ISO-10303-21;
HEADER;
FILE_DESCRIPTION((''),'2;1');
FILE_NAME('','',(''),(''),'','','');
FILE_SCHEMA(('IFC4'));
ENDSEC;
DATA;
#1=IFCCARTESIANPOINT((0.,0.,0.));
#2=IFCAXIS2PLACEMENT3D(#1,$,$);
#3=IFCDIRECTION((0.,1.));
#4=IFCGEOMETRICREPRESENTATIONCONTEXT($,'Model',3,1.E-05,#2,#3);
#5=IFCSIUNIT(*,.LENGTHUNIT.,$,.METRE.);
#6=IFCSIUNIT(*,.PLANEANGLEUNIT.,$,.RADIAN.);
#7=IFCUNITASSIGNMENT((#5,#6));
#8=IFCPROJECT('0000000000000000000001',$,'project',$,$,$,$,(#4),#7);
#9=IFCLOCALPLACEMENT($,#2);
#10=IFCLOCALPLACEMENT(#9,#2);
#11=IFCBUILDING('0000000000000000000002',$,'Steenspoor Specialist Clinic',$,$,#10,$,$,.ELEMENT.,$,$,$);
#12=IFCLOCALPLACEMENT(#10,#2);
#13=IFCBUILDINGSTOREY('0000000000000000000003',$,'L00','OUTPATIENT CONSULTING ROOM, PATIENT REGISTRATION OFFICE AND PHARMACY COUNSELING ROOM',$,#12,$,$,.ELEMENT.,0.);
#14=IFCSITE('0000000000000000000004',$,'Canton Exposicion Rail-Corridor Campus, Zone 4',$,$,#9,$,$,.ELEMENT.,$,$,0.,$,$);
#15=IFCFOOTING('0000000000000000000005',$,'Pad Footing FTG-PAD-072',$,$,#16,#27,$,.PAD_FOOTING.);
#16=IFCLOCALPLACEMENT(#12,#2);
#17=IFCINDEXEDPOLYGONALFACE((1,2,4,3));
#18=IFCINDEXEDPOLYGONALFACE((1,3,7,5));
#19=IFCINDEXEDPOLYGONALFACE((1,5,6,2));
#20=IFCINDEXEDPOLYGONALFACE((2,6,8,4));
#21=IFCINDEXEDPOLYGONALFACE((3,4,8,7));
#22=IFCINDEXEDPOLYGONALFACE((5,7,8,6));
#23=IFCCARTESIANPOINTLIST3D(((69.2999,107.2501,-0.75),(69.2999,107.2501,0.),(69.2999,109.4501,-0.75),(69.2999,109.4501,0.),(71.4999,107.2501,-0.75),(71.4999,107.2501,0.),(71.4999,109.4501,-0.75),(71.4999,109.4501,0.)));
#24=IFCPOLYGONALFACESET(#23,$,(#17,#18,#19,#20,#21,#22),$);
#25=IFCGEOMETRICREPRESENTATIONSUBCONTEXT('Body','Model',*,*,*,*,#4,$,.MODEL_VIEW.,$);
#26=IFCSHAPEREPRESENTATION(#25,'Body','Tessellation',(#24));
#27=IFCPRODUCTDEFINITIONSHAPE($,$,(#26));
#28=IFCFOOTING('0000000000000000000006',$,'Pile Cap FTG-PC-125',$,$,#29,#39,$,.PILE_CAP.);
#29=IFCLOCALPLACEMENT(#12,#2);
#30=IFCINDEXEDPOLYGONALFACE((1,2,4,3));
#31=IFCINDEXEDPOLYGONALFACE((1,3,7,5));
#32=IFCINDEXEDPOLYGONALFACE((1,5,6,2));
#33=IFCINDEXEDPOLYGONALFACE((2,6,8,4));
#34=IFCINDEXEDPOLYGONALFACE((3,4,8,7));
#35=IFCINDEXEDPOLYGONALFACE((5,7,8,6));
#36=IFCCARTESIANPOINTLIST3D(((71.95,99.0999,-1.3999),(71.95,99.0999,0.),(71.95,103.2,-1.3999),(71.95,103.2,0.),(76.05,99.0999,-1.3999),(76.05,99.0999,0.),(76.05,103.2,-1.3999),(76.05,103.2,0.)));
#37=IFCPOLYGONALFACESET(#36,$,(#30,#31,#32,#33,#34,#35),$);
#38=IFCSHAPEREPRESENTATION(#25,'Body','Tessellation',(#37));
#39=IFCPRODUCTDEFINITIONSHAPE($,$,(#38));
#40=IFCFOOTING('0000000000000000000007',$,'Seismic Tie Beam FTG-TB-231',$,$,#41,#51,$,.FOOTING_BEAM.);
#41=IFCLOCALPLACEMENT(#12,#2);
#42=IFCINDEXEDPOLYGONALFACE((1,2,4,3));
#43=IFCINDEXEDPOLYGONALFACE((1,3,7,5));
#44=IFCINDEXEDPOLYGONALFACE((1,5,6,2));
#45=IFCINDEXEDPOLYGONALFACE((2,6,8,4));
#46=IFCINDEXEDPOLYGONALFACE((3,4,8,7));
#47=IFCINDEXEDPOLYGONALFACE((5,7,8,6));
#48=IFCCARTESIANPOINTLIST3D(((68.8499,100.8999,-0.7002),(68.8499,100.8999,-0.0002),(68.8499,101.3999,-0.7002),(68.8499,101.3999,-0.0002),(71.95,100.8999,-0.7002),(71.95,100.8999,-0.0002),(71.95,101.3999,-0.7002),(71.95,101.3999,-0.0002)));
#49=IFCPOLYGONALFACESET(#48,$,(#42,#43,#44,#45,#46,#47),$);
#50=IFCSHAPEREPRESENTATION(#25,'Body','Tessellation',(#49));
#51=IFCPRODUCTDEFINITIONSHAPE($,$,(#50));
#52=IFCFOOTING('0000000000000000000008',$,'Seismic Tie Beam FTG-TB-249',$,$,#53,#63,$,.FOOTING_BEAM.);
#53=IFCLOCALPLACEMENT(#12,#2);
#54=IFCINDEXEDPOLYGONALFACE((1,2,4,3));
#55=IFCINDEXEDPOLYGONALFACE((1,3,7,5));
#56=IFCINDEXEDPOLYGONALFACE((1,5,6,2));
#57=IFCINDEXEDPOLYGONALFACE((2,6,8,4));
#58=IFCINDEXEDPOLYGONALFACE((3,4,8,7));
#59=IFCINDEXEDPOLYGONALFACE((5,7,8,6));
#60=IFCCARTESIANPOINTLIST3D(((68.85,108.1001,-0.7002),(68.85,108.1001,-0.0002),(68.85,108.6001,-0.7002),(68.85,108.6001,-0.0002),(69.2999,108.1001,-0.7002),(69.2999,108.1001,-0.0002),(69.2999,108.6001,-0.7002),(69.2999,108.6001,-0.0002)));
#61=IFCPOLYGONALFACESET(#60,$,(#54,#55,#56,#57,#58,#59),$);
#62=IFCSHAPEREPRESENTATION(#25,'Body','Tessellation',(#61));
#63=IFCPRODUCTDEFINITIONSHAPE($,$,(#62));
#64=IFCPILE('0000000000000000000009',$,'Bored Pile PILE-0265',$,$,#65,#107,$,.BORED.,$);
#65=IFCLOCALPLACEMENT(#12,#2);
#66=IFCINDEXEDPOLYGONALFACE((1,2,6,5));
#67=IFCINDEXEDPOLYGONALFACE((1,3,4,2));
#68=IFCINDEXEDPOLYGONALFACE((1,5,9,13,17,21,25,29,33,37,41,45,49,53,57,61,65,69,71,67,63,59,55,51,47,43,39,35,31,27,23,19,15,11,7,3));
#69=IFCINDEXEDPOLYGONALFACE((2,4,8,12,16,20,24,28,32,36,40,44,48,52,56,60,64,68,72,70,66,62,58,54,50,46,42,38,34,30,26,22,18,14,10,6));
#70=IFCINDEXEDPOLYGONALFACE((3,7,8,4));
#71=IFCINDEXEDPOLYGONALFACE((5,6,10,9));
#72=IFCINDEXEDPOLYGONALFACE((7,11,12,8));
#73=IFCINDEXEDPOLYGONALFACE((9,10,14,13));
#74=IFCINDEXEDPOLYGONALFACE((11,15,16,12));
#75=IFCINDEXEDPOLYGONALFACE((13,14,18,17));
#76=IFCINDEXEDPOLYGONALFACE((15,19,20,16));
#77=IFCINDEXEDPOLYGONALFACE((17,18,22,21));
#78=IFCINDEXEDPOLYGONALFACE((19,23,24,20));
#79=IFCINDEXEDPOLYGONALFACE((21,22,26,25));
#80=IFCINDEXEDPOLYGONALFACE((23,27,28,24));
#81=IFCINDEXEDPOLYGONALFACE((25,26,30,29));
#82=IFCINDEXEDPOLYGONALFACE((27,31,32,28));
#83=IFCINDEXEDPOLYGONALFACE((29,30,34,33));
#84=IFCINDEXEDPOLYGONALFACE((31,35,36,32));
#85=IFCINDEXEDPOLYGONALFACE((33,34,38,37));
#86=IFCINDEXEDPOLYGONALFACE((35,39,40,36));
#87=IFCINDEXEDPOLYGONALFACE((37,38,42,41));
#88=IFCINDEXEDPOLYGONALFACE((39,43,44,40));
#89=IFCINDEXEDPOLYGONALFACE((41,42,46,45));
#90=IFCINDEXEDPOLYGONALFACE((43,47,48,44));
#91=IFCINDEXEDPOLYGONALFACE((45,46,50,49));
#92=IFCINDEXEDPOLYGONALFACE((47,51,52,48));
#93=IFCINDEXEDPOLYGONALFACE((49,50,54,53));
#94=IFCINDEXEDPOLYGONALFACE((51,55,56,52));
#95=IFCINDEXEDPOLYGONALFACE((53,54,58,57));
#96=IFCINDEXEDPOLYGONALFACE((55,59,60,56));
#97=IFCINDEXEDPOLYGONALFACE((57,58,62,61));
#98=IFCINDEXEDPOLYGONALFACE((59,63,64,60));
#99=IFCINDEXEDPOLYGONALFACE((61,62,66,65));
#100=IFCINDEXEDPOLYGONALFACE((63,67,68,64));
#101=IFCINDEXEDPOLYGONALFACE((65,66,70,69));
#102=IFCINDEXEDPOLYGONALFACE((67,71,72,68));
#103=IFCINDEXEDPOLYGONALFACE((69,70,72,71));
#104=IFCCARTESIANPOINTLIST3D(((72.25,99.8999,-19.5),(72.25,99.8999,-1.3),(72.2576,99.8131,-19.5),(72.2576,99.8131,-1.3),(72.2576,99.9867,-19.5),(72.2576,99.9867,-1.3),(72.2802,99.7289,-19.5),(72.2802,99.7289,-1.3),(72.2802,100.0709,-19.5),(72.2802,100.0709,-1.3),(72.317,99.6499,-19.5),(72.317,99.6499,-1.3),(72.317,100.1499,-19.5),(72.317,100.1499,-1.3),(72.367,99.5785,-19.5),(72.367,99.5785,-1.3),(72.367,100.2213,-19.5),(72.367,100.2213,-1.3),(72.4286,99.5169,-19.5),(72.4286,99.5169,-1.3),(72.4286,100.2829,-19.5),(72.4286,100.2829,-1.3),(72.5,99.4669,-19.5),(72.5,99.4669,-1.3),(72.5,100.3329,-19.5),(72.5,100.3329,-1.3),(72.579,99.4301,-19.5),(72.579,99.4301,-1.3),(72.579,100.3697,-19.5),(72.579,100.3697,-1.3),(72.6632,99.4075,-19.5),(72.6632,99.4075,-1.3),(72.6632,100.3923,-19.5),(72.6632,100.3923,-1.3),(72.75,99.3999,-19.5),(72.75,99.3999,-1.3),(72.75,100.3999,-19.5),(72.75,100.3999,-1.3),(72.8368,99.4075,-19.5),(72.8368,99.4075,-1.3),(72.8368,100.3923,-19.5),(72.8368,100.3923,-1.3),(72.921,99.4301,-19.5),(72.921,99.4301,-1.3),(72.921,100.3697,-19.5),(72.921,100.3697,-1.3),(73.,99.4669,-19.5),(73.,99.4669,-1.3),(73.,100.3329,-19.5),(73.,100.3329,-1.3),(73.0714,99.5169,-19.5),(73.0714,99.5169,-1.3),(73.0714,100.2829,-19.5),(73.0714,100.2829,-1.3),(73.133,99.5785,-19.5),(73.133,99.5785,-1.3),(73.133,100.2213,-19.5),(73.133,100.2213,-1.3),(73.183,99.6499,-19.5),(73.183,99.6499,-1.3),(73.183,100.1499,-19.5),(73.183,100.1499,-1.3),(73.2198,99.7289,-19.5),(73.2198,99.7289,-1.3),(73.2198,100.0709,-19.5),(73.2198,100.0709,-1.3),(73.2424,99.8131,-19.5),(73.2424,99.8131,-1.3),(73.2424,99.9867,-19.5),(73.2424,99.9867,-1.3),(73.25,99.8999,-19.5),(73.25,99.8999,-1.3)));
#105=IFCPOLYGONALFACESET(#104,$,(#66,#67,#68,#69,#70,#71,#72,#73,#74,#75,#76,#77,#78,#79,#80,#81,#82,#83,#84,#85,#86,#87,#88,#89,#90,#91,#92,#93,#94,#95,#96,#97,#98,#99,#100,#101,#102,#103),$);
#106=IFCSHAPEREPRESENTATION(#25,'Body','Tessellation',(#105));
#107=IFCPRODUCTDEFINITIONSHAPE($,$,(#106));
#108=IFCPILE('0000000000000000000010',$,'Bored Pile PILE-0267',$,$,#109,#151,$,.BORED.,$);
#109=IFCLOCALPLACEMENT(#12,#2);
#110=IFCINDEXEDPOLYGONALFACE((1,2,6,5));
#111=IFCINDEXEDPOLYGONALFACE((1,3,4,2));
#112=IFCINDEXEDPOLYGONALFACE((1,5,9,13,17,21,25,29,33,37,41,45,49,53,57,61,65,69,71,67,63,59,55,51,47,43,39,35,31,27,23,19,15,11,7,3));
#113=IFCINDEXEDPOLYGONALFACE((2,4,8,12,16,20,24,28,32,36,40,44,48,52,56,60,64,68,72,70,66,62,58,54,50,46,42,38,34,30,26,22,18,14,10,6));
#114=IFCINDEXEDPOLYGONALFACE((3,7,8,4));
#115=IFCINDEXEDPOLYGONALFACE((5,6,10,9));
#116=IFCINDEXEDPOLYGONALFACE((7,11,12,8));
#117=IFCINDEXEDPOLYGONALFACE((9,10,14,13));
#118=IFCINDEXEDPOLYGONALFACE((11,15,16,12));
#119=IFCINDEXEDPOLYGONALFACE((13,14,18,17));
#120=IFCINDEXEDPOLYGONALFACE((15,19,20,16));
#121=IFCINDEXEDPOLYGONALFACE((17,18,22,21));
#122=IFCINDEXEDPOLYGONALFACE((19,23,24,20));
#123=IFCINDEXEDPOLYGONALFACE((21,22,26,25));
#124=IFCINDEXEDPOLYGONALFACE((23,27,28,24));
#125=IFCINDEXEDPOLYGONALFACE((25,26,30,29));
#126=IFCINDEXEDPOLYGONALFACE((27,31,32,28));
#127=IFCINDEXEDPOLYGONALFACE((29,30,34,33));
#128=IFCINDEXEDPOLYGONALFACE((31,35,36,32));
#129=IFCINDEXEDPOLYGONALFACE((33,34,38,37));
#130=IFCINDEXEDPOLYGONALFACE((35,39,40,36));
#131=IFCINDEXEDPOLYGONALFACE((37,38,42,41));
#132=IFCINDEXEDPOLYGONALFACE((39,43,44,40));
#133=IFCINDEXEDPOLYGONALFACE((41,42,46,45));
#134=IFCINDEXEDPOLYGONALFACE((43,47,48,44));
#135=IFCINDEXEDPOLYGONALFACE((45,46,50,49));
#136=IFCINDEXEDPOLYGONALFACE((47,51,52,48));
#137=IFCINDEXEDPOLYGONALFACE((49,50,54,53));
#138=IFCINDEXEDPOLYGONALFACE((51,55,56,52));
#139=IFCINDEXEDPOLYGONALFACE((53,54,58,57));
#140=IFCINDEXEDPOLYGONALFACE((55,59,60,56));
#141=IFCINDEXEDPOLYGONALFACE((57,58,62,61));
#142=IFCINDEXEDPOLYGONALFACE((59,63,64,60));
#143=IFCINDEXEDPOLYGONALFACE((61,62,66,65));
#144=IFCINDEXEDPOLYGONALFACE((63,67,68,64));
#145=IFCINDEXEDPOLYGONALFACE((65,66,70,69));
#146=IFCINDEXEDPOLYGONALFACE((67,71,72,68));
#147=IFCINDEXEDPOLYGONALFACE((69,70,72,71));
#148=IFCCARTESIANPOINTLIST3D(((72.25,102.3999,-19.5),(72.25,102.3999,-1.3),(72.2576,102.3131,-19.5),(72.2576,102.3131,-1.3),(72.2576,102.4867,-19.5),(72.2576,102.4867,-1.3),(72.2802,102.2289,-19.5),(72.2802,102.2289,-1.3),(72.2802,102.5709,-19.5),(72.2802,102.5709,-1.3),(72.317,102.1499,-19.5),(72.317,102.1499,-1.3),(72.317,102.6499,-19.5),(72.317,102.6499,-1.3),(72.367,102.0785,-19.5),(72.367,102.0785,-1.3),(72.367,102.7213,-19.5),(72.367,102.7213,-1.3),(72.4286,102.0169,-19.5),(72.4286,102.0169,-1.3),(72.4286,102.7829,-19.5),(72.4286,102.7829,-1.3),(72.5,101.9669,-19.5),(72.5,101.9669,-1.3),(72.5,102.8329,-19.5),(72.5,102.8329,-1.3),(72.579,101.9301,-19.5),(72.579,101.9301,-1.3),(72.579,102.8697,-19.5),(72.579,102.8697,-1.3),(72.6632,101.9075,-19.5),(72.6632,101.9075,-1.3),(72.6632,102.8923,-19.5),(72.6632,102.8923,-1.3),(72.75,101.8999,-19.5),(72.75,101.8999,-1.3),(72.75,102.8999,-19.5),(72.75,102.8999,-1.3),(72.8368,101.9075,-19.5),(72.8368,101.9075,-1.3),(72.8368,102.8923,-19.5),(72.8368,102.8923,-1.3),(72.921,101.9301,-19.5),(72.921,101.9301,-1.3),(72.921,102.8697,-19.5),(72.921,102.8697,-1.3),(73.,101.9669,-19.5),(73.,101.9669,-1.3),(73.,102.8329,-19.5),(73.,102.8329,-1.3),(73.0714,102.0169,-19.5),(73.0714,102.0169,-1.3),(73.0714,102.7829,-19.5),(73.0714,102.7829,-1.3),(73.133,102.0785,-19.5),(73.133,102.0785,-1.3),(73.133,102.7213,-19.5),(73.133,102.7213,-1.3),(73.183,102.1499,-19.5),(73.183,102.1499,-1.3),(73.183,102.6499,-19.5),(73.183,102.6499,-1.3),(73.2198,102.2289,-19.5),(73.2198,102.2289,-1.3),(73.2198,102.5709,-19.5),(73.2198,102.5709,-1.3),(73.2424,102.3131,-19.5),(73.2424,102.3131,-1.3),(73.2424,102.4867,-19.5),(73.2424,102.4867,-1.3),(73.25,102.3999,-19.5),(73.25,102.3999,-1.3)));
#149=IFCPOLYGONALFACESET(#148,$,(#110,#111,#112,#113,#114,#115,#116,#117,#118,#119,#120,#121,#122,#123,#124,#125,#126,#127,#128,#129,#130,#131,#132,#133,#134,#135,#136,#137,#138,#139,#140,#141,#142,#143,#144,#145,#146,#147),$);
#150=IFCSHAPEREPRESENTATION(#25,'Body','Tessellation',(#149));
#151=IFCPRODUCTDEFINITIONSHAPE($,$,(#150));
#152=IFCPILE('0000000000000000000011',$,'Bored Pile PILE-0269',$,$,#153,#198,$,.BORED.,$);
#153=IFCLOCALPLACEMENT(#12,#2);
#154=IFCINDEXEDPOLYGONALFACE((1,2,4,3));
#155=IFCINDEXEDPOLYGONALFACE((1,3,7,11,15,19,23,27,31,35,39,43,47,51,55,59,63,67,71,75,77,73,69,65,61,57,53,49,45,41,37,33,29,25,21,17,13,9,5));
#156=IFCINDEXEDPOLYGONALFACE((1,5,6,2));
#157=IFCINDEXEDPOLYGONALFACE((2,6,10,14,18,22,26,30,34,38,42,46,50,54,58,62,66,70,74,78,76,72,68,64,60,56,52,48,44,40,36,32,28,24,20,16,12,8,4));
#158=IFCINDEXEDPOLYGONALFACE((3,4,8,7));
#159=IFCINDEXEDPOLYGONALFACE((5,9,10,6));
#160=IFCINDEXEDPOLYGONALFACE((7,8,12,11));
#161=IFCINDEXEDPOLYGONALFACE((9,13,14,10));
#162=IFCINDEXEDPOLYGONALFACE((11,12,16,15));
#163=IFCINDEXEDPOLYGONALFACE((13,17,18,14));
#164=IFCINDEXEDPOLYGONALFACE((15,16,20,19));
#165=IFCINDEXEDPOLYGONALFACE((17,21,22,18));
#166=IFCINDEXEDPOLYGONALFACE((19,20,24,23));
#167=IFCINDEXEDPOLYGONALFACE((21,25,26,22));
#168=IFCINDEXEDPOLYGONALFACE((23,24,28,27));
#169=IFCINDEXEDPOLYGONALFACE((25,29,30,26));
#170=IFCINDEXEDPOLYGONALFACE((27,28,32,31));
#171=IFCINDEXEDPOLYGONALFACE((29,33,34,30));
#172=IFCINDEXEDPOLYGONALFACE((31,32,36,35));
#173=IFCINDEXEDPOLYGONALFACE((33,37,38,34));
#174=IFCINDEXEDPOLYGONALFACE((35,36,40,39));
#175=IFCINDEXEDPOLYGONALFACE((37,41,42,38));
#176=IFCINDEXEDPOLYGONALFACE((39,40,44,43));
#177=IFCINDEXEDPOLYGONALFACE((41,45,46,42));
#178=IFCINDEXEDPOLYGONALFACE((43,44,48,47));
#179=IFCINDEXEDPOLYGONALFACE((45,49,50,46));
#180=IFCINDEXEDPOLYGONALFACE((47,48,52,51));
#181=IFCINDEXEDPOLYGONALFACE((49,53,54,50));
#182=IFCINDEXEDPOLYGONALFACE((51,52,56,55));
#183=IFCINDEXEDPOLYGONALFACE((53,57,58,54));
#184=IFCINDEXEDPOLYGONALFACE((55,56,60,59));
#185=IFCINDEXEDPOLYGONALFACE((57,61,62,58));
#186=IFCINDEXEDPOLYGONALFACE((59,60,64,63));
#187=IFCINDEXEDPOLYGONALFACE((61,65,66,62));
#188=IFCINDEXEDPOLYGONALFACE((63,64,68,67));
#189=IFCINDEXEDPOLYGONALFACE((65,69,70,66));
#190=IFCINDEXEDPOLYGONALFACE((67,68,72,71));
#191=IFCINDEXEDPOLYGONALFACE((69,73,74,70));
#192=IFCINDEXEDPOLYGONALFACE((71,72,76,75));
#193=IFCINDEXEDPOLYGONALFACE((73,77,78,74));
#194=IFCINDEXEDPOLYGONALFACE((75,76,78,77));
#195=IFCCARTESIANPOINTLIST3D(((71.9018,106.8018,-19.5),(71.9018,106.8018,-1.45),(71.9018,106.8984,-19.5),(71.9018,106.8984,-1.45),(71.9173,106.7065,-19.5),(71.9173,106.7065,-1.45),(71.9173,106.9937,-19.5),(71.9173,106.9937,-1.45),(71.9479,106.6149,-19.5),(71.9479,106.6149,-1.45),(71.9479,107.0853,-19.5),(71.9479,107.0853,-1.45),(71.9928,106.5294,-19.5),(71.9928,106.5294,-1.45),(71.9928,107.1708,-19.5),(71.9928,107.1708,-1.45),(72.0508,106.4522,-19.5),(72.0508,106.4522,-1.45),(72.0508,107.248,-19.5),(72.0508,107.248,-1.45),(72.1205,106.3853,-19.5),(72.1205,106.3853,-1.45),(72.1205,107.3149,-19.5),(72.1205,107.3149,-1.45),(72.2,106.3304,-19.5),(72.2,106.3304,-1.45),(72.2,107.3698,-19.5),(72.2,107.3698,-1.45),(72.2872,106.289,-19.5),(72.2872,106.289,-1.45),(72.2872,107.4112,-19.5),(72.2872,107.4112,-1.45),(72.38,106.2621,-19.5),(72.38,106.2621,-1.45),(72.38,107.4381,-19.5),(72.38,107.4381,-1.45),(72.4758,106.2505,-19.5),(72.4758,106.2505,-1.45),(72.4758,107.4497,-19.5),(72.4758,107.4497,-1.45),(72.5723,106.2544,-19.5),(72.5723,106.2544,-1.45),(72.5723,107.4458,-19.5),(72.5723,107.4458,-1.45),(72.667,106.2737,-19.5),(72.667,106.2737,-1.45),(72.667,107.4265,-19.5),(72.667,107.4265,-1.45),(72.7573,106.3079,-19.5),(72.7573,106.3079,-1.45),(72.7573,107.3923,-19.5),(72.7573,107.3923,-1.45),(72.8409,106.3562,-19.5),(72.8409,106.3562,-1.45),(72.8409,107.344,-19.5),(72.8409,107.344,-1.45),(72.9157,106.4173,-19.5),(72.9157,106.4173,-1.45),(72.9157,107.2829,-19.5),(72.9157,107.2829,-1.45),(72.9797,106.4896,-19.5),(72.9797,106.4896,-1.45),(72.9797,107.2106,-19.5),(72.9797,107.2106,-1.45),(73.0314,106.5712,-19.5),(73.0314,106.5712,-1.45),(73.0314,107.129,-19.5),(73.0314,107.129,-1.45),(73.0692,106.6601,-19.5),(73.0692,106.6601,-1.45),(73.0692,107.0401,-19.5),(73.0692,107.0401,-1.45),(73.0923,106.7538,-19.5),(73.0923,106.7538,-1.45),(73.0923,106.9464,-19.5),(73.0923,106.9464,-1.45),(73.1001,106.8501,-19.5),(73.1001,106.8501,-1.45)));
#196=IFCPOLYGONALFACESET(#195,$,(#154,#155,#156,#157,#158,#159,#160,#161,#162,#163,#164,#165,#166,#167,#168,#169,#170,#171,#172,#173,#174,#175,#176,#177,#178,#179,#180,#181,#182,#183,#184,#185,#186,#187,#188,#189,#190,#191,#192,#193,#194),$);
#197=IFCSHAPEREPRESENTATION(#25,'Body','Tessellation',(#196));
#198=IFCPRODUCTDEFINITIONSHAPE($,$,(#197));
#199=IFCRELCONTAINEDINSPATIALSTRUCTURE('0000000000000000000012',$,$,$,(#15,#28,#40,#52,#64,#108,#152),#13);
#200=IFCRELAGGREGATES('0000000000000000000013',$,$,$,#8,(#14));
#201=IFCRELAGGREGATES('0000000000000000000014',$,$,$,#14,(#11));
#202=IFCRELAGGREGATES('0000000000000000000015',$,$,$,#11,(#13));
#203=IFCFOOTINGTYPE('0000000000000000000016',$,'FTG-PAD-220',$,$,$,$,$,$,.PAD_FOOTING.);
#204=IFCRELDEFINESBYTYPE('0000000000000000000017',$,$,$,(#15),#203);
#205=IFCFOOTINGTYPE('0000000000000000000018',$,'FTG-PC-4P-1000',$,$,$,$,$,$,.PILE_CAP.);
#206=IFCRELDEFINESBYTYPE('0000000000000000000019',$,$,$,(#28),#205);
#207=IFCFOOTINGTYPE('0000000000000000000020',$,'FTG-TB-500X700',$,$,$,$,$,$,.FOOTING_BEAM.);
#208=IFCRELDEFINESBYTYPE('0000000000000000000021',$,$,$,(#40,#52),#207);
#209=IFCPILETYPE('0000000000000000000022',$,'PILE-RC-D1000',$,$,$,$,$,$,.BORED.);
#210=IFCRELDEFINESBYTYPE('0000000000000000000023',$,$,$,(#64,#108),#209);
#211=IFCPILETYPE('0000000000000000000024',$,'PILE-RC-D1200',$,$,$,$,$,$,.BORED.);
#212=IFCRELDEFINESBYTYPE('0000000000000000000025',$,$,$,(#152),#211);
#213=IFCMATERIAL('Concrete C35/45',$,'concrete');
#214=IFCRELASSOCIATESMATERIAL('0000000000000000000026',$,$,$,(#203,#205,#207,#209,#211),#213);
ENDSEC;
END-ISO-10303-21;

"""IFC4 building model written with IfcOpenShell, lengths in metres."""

from ifc_helpers import new_model, si_unit, direction, frame, origin, origin_2d, place, context, subcontext, project, spatial, rectangle, circle, extrude, material, material_profile, profile_set, type_object, element, save


model = new_model("IFC4")

# Units and contexts
model_context = context("Model", 3, precision=1e-05, world=origin(), true_north=direction((0.0, 1.0)))
body_context = subcontext(model_context, "Body", "Model", "MODEL_VIEW")
ifc_project = project(units=[si_unit("LENGTHUNIT", "METRE"), si_unit("PLANEANGLEUNIT", "RADIAN")], contexts=[model_context])

# Site, building, storey
site_placement = place(None, origin())
site = spatial("IfcSite", under=ifc_project, at=site_placement, Name="Canton Exposicion Rail-Corridor Campus, Zone 4", CompositionType="ELEMENT", RefElevation=0.0)
building_placement = place(site_placement, origin())
building = spatial("IfcBuilding", under=site, at=building_placement, Name="Steenspoor Specialist Clinic", CompositionType="ELEMENT")
storey_placement = place(building_placement, origin())
storey = spatial("IfcBuildingStorey", under=building, at=storey_placement, Name="L00", Description="OUTPATIENT CONSULTING ROOM, PATIENT REGISTRATION OFFICE AND PHARMACY COUNSELING ROOM", CompositionType="ELEMENT", Elevation=0.0)

# Footings
ifc_material_1 = material(Name="Concrete C35/45", Category="concrete")
footing_type_1 = type_object("IfcFootingType", Name="FTG-PAD-220", PredefinedType="PAD_FOOTING", material=ifc_material_1)
footing_1_placement = place(storey_placement, frame((70.3999, 108.3501, -0.75), z_axis=(0.0, 0.0, 1.0), x_axis=(1.0, 0.0, 0.0)))
element("IfcFooting", 1, at=footing_1_placement, inside=storey, type_object=footing_type_1, Name="Pad Footing FTG-PAD-072", PredefinedType="PAD_FOOTING", context=body_context, shape_type="SweptSolid", body=[
    extrude(rectangle(XDim=2.2, YDim=2.2, at=origin_2d()), origin(), (0.0, 0.0, 1.0), 0.75),
])
footing_type_2 = type_object("IfcFootingType", Name="FTG-PC-4P-1000", PredefinedType="PILE_CAP", material=ifc_material_1)
footing_2_placement = place(storey_placement, frame((74.0, 101.1499, -1.3999), z_axis=(0.0, 0.0, 1.0), x_axis=(1.0, 0.0, 0.0)))
element("IfcFooting", 2, at=footing_2_placement, inside=storey, type_object=footing_type_2, Name="Pile Cap FTG-PC-125", PredefinedType="PILE_CAP", context=body_context, shape_type="SweptSolid", body=[
    extrude(rectangle(XDim=4.1001, YDim=4.1001, at=origin_2d()), origin(), (0.0, 0.0, 1.0), 1.3999),
])
footing_type_3 = type_object("IfcFootingType", Name="FTG-TB-500X700", PredefinedType="FOOTING_BEAM", material=ifc_material_1)
footing_3_placement = place(storey_placement, frame((70.3999, 101.1499, -0.7002), z_axis=(0.0, 0.0, 1.0), x_axis=(1.0, 0.0, 0.0)))
element("IfcFooting", 3, at=footing_3_placement, inside=storey, type_object=footing_type_3, Name="Seismic Tie Beam FTG-TB-231", PredefinedType="FOOTING_BEAM", context=body_context, shape_type="SweptSolid", body=[
    extrude(rectangle(XDim=3.1001, YDim=0.5, at=origin_2d()), origin(), (0.0, 0.0, 1.0), 0.7),
])
footing_4_placement = place(storey_placement, frame((69.075, 108.3501, -0.7002), z_axis=(0.0, 0.0, 1.0), x_axis=(1.0, 0.0, 0.0)))
element("IfcFooting", 4, at=footing_4_placement, inside=storey, type_object=footing_type_3, Name="Seismic Tie Beam FTG-TB-249", PredefinedType="FOOTING_BEAM", context=body_context, shape_type="SweptSolid", body=[
    extrude(rectangle(XDim=0.45, YDim=0.5, at=origin_2d()), origin(), (0.0, 0.0, 1.0), 0.7),
])

# Piles
ifc_material_profile_1 = material_profile(ifc_material_1, circle(Radius=0.5, at=origin_2d()), Name="PILE-D1000")
ifc_profile_set_1 = profile_set([ifc_material_profile_1], Name="Concrete C35/45")
pile_type_1 = type_object("IfcPileType", Name="PILE-RC-D1000", PredefinedType="BORED", material=ifc_profile_set_1)
for number, where, z_axis, x_axis, name in (
    (5, (72.75, 99.8999, -1.3), (0.0, 0.0, -1.0), (1.0, 0.0, 0.0), "Bored Pile PILE-0265"),
    (6, (72.75, 102.3999, -1.3), (0.0, 0.0, -1.0), (1.0, 0.0, 0.0), "Bored Pile PILE-0267"),
):
    element("IfcPile", number, at=place(storey_placement, frame(where, z_axis=z_axis, x_axis=x_axis)), inside=storey, type_object=pile_type_1, Name=name, PredefinedType="BORED", context=body_context, shape_type="SweptSolid", body=[
        extrude(circle(Radius=0.5, at=origin_2d()), origin(), (0.0, 0.0, 1.0), 18.2),
    ])
ifc_material_profile_2 = material_profile(ifc_material_1, circle(Radius=0.6001, at=origin_2d()), Name="PILE-D1200")
ifc_profile_set_2 = profile_set([ifc_material_profile_2], Name="Concrete C35/45")
pile_type_2 = type_object("IfcPileType", Name="PILE-RC-D1200", PredefinedType="BORED", material=ifc_profile_set_2)
pile_placement = place(storey_placement, frame((72.5, 106.8501, -1.45), z_axis=(0.0, 0.0, -1.0), x_axis=(1.0, 0.0, 0.0)))
element("IfcPile", 7, at=pile_placement, inside=storey, type_object=pile_type_2, Name="Bored Pile PILE-0269", PredefinedType="BORED", context=body_context, shape_type="SweptSolid", body=[
    extrude(circle(Radius=0.6001, at=origin_2d()), origin(), (0.0, 0.0, 1.0), 18.05),
])

save(model, "model.ifc")
